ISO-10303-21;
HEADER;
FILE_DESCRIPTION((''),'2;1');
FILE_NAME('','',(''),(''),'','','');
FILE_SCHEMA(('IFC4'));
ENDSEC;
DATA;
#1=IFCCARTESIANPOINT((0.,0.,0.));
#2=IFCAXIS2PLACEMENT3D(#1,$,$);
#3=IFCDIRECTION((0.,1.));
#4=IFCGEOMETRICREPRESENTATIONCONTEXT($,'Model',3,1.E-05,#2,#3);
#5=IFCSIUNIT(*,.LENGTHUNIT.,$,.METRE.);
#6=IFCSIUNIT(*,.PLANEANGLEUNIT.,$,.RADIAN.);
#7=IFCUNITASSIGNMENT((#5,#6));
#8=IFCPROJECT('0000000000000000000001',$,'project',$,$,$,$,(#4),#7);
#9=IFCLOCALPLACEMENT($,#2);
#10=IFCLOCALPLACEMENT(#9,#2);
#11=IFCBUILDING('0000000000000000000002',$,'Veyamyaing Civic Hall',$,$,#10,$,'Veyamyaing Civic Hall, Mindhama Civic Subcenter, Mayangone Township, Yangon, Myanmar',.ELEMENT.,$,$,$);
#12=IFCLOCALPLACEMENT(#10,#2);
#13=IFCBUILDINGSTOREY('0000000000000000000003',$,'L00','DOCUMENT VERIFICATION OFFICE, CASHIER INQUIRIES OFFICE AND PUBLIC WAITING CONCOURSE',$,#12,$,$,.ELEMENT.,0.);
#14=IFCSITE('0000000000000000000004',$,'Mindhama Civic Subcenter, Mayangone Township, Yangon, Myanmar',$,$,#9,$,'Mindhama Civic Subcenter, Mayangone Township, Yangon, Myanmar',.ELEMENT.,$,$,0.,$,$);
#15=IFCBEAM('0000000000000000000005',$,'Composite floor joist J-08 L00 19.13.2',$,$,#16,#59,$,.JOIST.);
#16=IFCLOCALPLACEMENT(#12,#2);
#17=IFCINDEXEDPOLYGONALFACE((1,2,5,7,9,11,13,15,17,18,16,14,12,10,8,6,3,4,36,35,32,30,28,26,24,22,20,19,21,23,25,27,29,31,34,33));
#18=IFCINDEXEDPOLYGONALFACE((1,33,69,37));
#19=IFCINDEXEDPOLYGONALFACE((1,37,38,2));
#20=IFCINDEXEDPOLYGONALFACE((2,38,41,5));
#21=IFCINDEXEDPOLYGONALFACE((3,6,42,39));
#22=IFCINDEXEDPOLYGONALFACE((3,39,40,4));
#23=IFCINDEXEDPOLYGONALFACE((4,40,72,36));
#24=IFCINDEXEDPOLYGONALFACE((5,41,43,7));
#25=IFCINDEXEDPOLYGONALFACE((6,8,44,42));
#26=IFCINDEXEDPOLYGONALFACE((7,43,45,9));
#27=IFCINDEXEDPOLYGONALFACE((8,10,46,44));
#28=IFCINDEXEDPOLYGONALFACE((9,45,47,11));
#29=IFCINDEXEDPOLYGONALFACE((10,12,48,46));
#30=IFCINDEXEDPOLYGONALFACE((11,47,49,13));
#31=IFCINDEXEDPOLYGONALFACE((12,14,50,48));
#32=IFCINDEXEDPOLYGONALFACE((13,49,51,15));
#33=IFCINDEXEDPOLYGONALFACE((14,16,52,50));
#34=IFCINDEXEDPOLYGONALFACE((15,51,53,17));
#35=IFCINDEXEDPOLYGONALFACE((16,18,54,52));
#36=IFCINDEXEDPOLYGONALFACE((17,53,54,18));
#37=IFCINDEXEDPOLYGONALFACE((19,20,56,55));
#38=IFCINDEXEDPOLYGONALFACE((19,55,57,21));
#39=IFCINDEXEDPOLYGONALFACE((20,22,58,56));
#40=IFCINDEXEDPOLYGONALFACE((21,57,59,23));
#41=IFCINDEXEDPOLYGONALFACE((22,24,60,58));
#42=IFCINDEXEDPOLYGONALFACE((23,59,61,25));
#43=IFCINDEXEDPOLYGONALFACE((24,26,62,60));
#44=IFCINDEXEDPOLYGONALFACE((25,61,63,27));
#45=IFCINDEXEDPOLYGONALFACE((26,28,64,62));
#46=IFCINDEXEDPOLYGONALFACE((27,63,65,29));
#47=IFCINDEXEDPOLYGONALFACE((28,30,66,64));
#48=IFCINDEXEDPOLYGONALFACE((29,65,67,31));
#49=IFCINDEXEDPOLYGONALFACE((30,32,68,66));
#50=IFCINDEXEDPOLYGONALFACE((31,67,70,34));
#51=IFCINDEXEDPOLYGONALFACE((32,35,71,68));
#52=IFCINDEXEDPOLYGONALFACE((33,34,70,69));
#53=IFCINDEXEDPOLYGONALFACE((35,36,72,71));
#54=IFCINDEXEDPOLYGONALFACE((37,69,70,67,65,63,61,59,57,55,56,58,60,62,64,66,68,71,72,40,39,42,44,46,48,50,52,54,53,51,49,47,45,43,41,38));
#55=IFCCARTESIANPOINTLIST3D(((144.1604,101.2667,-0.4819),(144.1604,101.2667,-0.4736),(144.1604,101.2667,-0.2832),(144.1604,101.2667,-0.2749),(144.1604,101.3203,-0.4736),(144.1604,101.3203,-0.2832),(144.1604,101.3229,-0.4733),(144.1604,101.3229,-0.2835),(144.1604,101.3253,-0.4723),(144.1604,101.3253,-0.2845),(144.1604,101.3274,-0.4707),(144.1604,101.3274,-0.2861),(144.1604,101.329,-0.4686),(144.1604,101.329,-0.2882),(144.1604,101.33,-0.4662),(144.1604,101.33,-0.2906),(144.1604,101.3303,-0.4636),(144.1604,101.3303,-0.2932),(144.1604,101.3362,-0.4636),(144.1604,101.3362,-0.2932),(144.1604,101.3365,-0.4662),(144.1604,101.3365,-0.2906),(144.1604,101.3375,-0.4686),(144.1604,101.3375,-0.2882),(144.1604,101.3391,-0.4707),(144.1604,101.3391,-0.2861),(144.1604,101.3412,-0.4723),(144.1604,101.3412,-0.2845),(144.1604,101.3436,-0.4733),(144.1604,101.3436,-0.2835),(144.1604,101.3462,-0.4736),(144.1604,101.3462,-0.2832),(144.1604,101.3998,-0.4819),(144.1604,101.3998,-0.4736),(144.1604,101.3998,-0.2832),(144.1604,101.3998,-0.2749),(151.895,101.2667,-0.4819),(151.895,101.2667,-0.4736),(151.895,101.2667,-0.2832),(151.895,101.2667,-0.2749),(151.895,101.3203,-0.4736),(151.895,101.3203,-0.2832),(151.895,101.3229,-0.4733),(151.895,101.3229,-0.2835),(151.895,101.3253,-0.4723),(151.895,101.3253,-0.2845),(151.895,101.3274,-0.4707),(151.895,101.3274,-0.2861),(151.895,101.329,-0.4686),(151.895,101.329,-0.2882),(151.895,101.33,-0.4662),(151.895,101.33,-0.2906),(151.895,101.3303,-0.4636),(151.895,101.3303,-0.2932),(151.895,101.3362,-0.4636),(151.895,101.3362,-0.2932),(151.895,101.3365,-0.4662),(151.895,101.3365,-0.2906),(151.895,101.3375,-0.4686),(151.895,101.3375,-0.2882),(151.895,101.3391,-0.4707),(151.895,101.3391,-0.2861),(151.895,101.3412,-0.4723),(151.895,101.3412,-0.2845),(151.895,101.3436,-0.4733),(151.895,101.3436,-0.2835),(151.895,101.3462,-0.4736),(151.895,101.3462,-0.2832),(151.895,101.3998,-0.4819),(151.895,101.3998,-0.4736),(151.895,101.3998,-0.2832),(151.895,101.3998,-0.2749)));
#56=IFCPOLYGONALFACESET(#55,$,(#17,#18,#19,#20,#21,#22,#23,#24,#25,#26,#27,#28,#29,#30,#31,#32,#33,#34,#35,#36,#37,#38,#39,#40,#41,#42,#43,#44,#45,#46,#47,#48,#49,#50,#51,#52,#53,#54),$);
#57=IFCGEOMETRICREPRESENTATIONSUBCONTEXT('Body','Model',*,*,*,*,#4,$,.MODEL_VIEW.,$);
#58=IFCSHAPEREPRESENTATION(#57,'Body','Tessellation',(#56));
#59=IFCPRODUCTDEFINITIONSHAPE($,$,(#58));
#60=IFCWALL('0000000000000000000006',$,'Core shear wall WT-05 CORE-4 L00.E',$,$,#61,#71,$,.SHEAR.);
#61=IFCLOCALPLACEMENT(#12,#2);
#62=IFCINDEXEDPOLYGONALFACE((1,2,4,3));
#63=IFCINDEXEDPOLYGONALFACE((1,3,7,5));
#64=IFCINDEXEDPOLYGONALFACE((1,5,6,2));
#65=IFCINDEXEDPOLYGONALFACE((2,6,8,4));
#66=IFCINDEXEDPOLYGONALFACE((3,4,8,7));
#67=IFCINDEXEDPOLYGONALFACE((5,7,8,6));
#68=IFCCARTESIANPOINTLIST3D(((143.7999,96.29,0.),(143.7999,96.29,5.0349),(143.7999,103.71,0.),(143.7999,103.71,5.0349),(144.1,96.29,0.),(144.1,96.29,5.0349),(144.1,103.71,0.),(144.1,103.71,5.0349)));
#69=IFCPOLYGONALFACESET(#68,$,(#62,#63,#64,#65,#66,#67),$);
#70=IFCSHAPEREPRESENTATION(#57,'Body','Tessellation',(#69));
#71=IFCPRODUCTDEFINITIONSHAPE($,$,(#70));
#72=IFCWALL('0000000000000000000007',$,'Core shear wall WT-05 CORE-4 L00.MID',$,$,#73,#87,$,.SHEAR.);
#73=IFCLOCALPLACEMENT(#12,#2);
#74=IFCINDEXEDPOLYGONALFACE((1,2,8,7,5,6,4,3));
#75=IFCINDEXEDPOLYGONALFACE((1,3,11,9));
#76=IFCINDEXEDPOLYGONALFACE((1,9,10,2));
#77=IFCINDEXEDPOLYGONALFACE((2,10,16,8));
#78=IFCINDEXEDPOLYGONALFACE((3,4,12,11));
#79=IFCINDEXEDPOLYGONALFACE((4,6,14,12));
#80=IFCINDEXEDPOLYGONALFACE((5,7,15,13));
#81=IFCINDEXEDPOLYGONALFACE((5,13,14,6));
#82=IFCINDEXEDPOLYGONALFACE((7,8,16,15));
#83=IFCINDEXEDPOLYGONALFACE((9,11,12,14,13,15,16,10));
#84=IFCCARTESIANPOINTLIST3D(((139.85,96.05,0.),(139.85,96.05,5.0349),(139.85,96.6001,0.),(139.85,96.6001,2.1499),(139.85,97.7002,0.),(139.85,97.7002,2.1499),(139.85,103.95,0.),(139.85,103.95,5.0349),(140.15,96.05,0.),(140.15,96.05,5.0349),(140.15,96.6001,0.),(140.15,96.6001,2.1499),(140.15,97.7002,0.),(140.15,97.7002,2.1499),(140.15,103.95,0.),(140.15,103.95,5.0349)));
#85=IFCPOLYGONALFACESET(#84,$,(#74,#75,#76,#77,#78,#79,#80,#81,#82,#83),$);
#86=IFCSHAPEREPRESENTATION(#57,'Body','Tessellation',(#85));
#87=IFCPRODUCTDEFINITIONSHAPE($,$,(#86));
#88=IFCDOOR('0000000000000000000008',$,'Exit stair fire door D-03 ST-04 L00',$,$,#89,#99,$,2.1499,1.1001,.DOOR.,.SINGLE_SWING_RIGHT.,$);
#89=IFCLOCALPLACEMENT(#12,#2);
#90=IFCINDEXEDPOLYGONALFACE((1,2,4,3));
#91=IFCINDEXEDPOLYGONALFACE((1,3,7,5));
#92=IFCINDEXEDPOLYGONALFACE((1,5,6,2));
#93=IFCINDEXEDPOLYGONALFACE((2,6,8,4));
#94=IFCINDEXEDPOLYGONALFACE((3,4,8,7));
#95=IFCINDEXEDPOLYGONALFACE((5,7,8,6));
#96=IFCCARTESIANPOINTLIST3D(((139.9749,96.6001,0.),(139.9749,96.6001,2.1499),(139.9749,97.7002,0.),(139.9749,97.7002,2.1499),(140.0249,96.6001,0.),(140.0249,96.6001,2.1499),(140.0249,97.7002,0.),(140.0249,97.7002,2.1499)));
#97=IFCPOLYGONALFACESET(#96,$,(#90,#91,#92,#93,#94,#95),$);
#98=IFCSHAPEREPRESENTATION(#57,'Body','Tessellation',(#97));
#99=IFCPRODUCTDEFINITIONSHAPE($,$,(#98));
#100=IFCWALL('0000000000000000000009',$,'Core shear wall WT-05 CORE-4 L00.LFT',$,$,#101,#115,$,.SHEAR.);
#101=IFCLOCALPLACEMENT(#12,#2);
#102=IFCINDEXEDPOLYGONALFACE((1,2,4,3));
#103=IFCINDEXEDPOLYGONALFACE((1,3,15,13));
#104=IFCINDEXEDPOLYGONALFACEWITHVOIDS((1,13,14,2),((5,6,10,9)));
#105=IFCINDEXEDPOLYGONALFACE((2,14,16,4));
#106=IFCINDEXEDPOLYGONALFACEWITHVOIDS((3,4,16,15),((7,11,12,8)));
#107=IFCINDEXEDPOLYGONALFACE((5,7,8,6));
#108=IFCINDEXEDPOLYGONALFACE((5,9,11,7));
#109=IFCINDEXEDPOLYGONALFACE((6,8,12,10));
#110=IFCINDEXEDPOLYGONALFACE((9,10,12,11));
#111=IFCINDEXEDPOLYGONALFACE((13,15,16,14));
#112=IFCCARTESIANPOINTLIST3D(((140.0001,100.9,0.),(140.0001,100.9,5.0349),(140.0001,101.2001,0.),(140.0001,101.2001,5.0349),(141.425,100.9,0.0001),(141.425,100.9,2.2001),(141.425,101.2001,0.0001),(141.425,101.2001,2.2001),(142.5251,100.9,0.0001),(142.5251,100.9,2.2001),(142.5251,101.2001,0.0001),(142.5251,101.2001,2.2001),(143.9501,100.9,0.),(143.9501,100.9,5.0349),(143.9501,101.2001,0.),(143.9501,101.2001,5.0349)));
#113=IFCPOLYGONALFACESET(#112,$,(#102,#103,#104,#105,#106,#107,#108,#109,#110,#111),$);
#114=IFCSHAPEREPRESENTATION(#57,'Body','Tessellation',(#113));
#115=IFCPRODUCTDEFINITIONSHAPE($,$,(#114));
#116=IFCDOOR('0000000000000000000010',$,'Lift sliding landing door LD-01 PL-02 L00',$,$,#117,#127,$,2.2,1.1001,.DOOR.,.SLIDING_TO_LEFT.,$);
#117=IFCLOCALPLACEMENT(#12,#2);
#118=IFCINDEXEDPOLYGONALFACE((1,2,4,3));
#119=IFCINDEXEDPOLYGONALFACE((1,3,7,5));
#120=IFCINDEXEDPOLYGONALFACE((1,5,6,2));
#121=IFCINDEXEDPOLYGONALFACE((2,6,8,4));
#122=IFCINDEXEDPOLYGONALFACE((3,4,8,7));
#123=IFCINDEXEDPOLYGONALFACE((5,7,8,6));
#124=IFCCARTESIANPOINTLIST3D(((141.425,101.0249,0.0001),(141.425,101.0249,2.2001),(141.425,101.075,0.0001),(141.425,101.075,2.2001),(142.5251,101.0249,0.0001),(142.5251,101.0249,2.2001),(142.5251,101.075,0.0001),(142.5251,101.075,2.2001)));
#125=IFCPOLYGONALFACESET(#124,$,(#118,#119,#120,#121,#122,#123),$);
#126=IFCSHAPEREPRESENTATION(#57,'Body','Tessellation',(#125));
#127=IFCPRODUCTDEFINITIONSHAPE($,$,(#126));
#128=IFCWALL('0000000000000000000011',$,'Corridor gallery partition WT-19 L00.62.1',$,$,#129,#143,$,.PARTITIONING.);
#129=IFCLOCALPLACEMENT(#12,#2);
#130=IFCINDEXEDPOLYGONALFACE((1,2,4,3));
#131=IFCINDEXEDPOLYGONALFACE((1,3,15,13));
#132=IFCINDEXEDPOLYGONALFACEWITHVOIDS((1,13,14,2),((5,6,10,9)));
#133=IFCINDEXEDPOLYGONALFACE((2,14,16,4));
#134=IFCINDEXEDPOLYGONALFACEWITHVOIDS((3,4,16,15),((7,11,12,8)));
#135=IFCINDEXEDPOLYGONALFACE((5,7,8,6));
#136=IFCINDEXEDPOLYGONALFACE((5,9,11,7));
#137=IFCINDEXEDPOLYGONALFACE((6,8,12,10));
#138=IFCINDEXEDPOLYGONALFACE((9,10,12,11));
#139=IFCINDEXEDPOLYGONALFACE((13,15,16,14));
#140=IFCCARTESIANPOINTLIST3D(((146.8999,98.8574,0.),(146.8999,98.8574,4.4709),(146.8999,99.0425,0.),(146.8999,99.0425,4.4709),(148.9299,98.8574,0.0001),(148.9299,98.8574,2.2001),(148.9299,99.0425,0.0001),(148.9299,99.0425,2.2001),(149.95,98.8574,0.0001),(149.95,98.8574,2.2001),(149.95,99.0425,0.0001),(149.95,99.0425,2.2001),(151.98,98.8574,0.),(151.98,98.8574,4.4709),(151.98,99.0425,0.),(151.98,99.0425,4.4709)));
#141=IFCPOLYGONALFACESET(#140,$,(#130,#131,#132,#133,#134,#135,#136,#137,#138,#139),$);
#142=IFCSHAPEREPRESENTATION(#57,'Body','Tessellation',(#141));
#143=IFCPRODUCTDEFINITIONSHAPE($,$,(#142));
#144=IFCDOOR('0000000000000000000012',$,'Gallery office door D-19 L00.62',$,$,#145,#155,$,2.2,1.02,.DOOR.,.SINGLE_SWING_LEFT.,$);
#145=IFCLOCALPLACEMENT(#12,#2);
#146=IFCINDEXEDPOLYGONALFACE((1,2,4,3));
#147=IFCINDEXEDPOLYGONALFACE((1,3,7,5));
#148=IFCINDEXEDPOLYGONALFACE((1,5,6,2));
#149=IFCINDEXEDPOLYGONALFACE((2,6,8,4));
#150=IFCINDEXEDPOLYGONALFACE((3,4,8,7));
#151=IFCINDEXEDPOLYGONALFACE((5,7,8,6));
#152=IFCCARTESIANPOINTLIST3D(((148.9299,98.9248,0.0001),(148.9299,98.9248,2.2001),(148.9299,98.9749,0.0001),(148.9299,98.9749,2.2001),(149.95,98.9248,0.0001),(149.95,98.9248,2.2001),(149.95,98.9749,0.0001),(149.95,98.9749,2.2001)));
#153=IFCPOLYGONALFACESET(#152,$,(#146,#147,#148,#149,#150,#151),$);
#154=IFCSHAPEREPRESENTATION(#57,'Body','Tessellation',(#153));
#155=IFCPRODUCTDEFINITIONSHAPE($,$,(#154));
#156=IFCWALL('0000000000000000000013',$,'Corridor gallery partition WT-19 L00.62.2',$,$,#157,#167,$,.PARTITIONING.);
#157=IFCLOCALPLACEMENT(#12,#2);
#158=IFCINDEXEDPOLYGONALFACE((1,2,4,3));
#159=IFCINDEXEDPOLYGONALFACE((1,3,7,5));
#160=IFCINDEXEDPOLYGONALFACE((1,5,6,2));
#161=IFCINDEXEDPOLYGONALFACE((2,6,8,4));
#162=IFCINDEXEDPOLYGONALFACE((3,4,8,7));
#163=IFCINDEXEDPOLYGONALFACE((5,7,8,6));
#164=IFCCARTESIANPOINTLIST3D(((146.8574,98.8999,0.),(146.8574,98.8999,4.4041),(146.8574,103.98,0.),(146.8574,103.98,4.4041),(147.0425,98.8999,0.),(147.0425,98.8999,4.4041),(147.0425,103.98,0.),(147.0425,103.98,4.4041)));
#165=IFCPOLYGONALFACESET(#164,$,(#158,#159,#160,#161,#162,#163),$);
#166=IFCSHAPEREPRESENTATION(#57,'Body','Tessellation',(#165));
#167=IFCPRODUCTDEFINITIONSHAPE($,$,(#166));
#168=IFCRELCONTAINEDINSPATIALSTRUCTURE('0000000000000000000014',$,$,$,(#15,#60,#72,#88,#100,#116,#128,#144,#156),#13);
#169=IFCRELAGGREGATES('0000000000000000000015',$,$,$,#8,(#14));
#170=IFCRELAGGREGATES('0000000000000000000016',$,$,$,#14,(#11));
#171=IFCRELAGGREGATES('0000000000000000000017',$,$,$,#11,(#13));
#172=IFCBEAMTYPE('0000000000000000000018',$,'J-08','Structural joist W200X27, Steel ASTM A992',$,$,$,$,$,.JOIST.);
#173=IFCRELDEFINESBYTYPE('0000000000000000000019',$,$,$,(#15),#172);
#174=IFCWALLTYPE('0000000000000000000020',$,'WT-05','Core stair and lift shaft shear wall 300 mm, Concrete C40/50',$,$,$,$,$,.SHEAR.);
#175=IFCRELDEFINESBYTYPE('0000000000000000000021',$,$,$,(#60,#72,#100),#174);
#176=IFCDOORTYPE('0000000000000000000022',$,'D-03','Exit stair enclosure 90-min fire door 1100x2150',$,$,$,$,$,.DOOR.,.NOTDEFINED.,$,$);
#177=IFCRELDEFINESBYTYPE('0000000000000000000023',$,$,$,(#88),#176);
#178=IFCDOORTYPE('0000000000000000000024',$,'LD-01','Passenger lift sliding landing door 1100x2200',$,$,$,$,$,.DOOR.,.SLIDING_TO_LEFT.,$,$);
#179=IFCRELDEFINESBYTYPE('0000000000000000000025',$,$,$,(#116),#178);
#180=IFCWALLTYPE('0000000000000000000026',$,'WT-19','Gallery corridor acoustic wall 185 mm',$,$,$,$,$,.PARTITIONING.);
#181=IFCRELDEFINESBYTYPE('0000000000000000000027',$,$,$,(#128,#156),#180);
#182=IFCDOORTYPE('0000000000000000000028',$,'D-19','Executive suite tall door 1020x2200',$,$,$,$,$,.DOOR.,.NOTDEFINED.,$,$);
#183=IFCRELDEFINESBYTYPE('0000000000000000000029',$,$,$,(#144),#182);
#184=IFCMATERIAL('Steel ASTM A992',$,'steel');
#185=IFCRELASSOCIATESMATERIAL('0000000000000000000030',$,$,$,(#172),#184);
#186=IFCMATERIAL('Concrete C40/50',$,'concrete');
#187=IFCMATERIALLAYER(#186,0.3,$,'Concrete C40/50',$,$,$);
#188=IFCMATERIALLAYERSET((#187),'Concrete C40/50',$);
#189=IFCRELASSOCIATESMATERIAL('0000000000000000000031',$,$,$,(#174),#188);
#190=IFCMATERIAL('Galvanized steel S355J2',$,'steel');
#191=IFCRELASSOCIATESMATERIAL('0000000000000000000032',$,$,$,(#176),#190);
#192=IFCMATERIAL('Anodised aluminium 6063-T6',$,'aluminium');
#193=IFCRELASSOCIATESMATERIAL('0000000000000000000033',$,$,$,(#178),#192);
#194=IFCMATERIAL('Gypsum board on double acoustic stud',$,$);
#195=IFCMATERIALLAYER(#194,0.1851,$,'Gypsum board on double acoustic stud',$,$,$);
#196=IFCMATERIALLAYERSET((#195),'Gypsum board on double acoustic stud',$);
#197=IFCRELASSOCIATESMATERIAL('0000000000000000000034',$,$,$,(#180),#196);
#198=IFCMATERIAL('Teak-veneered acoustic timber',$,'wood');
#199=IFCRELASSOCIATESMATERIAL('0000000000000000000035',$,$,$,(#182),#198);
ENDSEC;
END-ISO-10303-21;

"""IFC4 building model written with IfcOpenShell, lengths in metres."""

from ifc_helpers import new_model, si_unit, direction, frame, frame_2d, origin, origin_2d, place, context, subcontext, project, spatial, rectangle, i_section, extrude, material, layer, layer_set, material_profile, profile_set, type_object, element, fill, save


model = new_model("IFC4")

# Units and contexts
model_context = context("Model", 3, precision=1e-05, world=origin(), true_north=direction((0.0, 1.0)))
body_context = subcontext(model_context, "Body", "Model", "MODEL_VIEW")
ifc_project = project(units=[si_unit("LENGTHUNIT", "METRE"), si_unit("PLANEANGLEUNIT", "RADIAN")], contexts=[model_context])

# Site, building, storey
site_placement = place(None, origin())
site = spatial("IfcSite", under=ifc_project, at=site_placement, Name="Mindhama Civic Subcenter, Mayangone Township, Yangon, Myanmar", LongName="Mindhama Civic Subcenter, Mayangone Township, Yangon, Myanmar", CompositionType="ELEMENT", RefElevation=0.0)
building_placement = place(site_placement, origin())
building = spatial("IfcBuilding", under=site, at=building_placement, Name="Veyamyaing Civic Hall", LongName="Veyamyaing Civic Hall, Mindhama Civic Subcenter, Mayangone Township, Yangon, Myanmar", CompositionType="ELEMENT")
storey_placement = place(building_placement, origin())
storey = spatial("IfcBuildingStorey", under=building, at=storey_placement, Name="L00", Description="DOCUMENT VERIFICATION OFFICE, CASHIER INQUIRIES OFFICE AND PUBLIC WAITING CONCOURSE", CompositionType="ELEMENT", Elevation=0.0)

# Beam
ifc_material_1 = material(Name="Steel ASTM A992", Category="steel")
ifc_material_profile_1 = material_profile(ifc_material_1, i_section(OverallWidth=0.1331, OverallDepth=0.207, WebThickness=0.0059, FlangeThickness=0.0083, FilletRadius=0.01, at=origin_2d()), Name="W200X27")
ifc_profile_set_1 = profile_set([ifc_material_profile_1], Name="Steel ASTM A992")
beam_type_1 = type_object("IfcBeamType", Name="J-08", Description="Structural joist W200X27, Steel ASTM A992", PredefinedType="JOIST", material=ifc_profile_set_1)
for number, where, z_axis, x_axis, name in (
    (1, (144.1604, 101.3333, -0.3784), (1.0, 0.0, 0.0), (0.0, 1.0, 0.0), "Composite floor joist J-08 L00 19.13.2"),
):
    element("IfcBeam", number, at=place(storey_placement, frame(where, z_axis=z_axis, x_axis=x_axis)), inside=storey, type_object=beam_type_1, Name=name, PredefinedType="JOIST", context=body_context, shape_type="SweptSolid", body=[
        extrude(i_section(OverallWidth=0.1331, OverallDepth=0.207, WebThickness=0.0059, FlangeThickness=0.0083, FilletRadius=0.01, at=origin_2d()), origin(), (0.0, 0.0, 1.0), 7.7346),
    ])

# Wall
ifc_material_2 = material(Name="Concrete C40/50", Category="concrete")
ifc_layer_1 = layer(ifc_material_2, 0.3, Name="Concrete C40/50")
ifc_layer_set_1 = layer_set([ifc_layer_1], Name="Concrete C40/50")
wall_type_1 = type_object("IfcWallType", Name="WT-05", Description="Core stair and lift shaft shear wall 300 mm, Concrete C40/50", PredefinedType="SHEAR", material=ifc_layer_set_1)
wall_1_placement = place(storey_placement, frame((143.95, 96.29, 0.0), z_axis=(0.0, 0.0, 1.0), x_axis=(0.0, 1.0, 0.0)))
element("IfcWall", 2, at=wall_1_placement, inside=storey, type_object=wall_type_1, Name="Core shear wall WT-05 CORE-4 L00.E", PredefinedType="SHEAR", context=body_context, shape_type="SweptSolid", body=[
    extrude(rectangle(XDim=7.4199, YDim=0.3, at=frame_2d((3.71, 0.0))), origin(), (0.0, 0.0, 1.0), 5.0349),
])

# Walls, openings, doors
wall_2_placement = place(storey_placement, frame((140.0, 96.05, 0.0), z_axis=(0.0, 0.0, 1.0), x_axis=(0.0, 1.0, 0.0)))
wall_2 = element("IfcWall", 3, at=wall_2_placement, inside=storey, type_object=wall_type_1, Name="Core shear wall WT-05 CORE-4 L00.MID", PredefinedType="SHEAR", context=body_context, shape_type="SweptSolid", body=[
    extrude(rectangle(XDim=7.8999, YDim=0.3, at=frame_2d((3.95, 0.0))), origin(), (0.0, 0.0, 1.0), 5.0349),
])
opening_1_placement = place(wall_2_placement, frame((0.55, 0.0, 0.0)))
opening_1 = element("IfcOpeningElement", 4, at=opening_1_placement, cuts=wall_2, PredefinedType="OPENING", context=body_context, shape_type="SweptSolid", body=[
    extrude(rectangle(XDim=1.1001, YDim=2.1499, at=frame_2d((0.55, 1.075))), frame((0.0, 0.1599, 0.0), z_axis=(0.0, -1.0, 0.0), x_axis=(1.0, 0.0, 0.0)), (0.0, 0.0, 1.0), 0.3201),
])
ifc_material_3 = material(Name="Galvanized steel S355J2", Category="steel")
door_type_1 = type_object("IfcDoorType", Name="D-03", Description="Exit stair enclosure 90-min fire door 1100x2150", OperationType="NOTDEFINED", PredefinedType="DOOR", material=ifc_material_3)
door_1_placement = place(opening_1_placement, frame((1.1001, 0.0, 0.0), z_axis=(0.0, 0.0, 1.0), x_axis=(-1.0, 0.0, 0.0)))
door_1 = element("IfcDoor", 5, at=door_1_placement, inside=storey, type_object=door_type_1, Name="Exit stair fire door D-03 ST-04 L00", OperationType="SINGLE_SWING_RIGHT", OverallHeight=2.1499, OverallWidth=1.1001, PredefinedType="DOOR", context=body_context, shape_type="SweptSolid", body=[
    extrude(rectangle(XDim=1.1001, YDim=2.1499, at=frame_2d((0.55, 1.075))), frame((0.0, 0.0249, 0.0), z_axis=(0.0, -1.0, 0.0), x_axis=(1.0, 0.0, 0.0)), (0.0, 0.0, 1.0), 0.05),
])
fill(opening_1, door_1)
wall_3_placement = place(storey_placement, frame((140.0, 101.05, 0.0), z_axis=(0.0, 0.0, 1.0), x_axis=(1.0, 0.0, 0.0)))
wall_3 = element("IfcWall", 6, at=wall_3_placement, inside=storey, type_object=wall_type_1, Name="Core shear wall WT-05 CORE-4 L00.LFT", PredefinedType="SHEAR", context=body_context, shape_type="SweptSolid", body=[
    extrude(rectangle(XDim=3.95, YDim=0.3, at=frame_2d((1.9751, 0.0))), origin(), (0.0, 0.0, 1.0), 5.0349),
])
opening_2_placement = place(wall_3_placement, frame((1.425, 0.0, 0.0)))
opening_2 = element("IfcOpeningElement", 7, at=opening_2_placement, cuts=wall_3, PredefinedType="OPENING", context=body_context, shape_type="SweptSolid", body=[
    extrude(rectangle(XDim=1.1001, YDim=2.2, at=frame_2d((0.55, 1.1001))), frame((0.0, 0.1599, 0.0), z_axis=(0.0, -1.0, 0.0), x_axis=(1.0, 0.0, 0.0)), (0.0, 0.0, 1.0), 0.3201),
])
ifc_material_4 = material(Name="Anodised aluminium 6063-T6", Category="aluminium")
door_type_2 = type_object("IfcDoorType", Name="LD-01", Description="Passenger lift sliding landing door 1100x2200", OperationType="SLIDING_TO_LEFT", PredefinedType="DOOR", material=ifc_material_4)
door_2_placement = place(opening_2_placement, origin())
door_2 = element("IfcDoor", 8, at=door_2_placement, inside=storey, type_object=door_type_2, Name="Lift sliding landing door LD-01 PL-02 L00", OperationType="SLIDING_TO_LEFT", OverallHeight=2.2, OverallWidth=1.1001, PredefinedType="DOOR", context=body_context, shape_type="SweptSolid", body=[
    extrude(rectangle(XDim=1.1001, YDim=2.2, at=frame_2d((0.55, 1.1001))), frame((0.0, 0.0249, 0.0), z_axis=(0.0, -1.0, 0.0), x_axis=(1.0, 0.0, 0.0)), (0.0, 0.0, 1.0), 0.05),
])
fill(opening_2, door_2)
ifc_material_5 = material(Name="Gypsum board on double acoustic stud")
ifc_layer_2 = layer(ifc_material_5, 0.1851, Name="Gypsum board on double acoustic stud")
ifc_layer_set_2 = layer_set([ifc_layer_2], Name="Gypsum board on double acoustic stud")
wall_type_2 = type_object("IfcWallType", Name="WT-19", Description="Gallery corridor acoustic wall 185 mm", PredefinedType="PARTITIONING", material=ifc_layer_set_2)
wall_4_placement = place(storey_placement, frame((146.8999, 98.95, 0.0), z_axis=(0.0, 0.0, 1.0), x_axis=(1.0, 0.0, 0.0)))
wall_4 = element("IfcWall", 9, at=wall_4_placement, inside=storey, type_object=wall_type_2, Name="Corridor gallery partition WT-19 L00.62.1", PredefinedType="PARTITIONING", context=body_context, shape_type="SweptSolid", body=[
    extrude(rectangle(XDim=5.0801, YDim=0.1851, at=frame_2d((2.54, 0.0))), origin(), (0.0, 0.0, 1.0), 4.4709),
])
opening_3_placement = place(wall_4_placement, frame((2.03, 0.0, 0.0)))
opening_3 = element("IfcOpeningElement", 10, at=opening_3_placement, cuts=wall_4, PredefinedType="OPENING", context=body_context, shape_type="SweptSolid", body=[
    extrude(rectangle(XDim=1.02, YDim=2.2, at=frame_2d((0.51, 1.1001))), frame((0.0, 0.1025, 0.0), z_axis=(0.0, -1.0, 0.0), x_axis=(1.0, 0.0, 0.0)), (0.0, 0.0, 1.0), 0.2051),
])
ifc_material_6 = material(Name="Teak-veneered acoustic timber", Category="wood")
door_type_3 = type_object("IfcDoorType", Name="D-19", Description="Executive suite tall door 1020x2200", OperationType="NOTDEFINED", PredefinedType="DOOR", material=ifc_material_6)
door_3_placement = place(opening_3_placement, origin())
door_3 = element("IfcDoor", 11, at=door_3_placement, inside=storey, type_object=door_type_3, Name="Gallery office door D-19 L00.62", OperationType="SINGLE_SWING_LEFT", OverallHeight=2.2, OverallWidth=1.02, PredefinedType="DOOR", context=body_context, shape_type="SweptSolid", body=[
    extrude(rectangle(XDim=1.02, YDim=2.2, at=frame_2d((0.51, 1.1001))), frame((0.0, 0.0249, 0.0), z_axis=(0.0, -1.0, 0.0), x_axis=(1.0, 0.0, 0.0)), (0.0, 0.0, 1.0), 0.05),
])
fill(opening_3, door_3)

# Wall
wall_5_placement = place(storey_placement, frame((146.95, 98.8999, 0.0), z_axis=(0.0, 0.0, 1.0), x_axis=(0.0, 1.0, 0.0)))
element("IfcWall", 12, at=wall_5_placement, inside=storey, type_object=wall_type_2, Name="Corridor gallery partition WT-19 L00.62.2", PredefinedType="PARTITIONING", context=body_context, shape_type="SweptSolid", body=[
    extrude(rectangle(XDim=5.0801, YDim=0.1851, at=frame_2d((2.54, 0.0))), origin(), (0.0, 0.0, 1.0), 4.4041),
])

save(model, "model.ifc")
